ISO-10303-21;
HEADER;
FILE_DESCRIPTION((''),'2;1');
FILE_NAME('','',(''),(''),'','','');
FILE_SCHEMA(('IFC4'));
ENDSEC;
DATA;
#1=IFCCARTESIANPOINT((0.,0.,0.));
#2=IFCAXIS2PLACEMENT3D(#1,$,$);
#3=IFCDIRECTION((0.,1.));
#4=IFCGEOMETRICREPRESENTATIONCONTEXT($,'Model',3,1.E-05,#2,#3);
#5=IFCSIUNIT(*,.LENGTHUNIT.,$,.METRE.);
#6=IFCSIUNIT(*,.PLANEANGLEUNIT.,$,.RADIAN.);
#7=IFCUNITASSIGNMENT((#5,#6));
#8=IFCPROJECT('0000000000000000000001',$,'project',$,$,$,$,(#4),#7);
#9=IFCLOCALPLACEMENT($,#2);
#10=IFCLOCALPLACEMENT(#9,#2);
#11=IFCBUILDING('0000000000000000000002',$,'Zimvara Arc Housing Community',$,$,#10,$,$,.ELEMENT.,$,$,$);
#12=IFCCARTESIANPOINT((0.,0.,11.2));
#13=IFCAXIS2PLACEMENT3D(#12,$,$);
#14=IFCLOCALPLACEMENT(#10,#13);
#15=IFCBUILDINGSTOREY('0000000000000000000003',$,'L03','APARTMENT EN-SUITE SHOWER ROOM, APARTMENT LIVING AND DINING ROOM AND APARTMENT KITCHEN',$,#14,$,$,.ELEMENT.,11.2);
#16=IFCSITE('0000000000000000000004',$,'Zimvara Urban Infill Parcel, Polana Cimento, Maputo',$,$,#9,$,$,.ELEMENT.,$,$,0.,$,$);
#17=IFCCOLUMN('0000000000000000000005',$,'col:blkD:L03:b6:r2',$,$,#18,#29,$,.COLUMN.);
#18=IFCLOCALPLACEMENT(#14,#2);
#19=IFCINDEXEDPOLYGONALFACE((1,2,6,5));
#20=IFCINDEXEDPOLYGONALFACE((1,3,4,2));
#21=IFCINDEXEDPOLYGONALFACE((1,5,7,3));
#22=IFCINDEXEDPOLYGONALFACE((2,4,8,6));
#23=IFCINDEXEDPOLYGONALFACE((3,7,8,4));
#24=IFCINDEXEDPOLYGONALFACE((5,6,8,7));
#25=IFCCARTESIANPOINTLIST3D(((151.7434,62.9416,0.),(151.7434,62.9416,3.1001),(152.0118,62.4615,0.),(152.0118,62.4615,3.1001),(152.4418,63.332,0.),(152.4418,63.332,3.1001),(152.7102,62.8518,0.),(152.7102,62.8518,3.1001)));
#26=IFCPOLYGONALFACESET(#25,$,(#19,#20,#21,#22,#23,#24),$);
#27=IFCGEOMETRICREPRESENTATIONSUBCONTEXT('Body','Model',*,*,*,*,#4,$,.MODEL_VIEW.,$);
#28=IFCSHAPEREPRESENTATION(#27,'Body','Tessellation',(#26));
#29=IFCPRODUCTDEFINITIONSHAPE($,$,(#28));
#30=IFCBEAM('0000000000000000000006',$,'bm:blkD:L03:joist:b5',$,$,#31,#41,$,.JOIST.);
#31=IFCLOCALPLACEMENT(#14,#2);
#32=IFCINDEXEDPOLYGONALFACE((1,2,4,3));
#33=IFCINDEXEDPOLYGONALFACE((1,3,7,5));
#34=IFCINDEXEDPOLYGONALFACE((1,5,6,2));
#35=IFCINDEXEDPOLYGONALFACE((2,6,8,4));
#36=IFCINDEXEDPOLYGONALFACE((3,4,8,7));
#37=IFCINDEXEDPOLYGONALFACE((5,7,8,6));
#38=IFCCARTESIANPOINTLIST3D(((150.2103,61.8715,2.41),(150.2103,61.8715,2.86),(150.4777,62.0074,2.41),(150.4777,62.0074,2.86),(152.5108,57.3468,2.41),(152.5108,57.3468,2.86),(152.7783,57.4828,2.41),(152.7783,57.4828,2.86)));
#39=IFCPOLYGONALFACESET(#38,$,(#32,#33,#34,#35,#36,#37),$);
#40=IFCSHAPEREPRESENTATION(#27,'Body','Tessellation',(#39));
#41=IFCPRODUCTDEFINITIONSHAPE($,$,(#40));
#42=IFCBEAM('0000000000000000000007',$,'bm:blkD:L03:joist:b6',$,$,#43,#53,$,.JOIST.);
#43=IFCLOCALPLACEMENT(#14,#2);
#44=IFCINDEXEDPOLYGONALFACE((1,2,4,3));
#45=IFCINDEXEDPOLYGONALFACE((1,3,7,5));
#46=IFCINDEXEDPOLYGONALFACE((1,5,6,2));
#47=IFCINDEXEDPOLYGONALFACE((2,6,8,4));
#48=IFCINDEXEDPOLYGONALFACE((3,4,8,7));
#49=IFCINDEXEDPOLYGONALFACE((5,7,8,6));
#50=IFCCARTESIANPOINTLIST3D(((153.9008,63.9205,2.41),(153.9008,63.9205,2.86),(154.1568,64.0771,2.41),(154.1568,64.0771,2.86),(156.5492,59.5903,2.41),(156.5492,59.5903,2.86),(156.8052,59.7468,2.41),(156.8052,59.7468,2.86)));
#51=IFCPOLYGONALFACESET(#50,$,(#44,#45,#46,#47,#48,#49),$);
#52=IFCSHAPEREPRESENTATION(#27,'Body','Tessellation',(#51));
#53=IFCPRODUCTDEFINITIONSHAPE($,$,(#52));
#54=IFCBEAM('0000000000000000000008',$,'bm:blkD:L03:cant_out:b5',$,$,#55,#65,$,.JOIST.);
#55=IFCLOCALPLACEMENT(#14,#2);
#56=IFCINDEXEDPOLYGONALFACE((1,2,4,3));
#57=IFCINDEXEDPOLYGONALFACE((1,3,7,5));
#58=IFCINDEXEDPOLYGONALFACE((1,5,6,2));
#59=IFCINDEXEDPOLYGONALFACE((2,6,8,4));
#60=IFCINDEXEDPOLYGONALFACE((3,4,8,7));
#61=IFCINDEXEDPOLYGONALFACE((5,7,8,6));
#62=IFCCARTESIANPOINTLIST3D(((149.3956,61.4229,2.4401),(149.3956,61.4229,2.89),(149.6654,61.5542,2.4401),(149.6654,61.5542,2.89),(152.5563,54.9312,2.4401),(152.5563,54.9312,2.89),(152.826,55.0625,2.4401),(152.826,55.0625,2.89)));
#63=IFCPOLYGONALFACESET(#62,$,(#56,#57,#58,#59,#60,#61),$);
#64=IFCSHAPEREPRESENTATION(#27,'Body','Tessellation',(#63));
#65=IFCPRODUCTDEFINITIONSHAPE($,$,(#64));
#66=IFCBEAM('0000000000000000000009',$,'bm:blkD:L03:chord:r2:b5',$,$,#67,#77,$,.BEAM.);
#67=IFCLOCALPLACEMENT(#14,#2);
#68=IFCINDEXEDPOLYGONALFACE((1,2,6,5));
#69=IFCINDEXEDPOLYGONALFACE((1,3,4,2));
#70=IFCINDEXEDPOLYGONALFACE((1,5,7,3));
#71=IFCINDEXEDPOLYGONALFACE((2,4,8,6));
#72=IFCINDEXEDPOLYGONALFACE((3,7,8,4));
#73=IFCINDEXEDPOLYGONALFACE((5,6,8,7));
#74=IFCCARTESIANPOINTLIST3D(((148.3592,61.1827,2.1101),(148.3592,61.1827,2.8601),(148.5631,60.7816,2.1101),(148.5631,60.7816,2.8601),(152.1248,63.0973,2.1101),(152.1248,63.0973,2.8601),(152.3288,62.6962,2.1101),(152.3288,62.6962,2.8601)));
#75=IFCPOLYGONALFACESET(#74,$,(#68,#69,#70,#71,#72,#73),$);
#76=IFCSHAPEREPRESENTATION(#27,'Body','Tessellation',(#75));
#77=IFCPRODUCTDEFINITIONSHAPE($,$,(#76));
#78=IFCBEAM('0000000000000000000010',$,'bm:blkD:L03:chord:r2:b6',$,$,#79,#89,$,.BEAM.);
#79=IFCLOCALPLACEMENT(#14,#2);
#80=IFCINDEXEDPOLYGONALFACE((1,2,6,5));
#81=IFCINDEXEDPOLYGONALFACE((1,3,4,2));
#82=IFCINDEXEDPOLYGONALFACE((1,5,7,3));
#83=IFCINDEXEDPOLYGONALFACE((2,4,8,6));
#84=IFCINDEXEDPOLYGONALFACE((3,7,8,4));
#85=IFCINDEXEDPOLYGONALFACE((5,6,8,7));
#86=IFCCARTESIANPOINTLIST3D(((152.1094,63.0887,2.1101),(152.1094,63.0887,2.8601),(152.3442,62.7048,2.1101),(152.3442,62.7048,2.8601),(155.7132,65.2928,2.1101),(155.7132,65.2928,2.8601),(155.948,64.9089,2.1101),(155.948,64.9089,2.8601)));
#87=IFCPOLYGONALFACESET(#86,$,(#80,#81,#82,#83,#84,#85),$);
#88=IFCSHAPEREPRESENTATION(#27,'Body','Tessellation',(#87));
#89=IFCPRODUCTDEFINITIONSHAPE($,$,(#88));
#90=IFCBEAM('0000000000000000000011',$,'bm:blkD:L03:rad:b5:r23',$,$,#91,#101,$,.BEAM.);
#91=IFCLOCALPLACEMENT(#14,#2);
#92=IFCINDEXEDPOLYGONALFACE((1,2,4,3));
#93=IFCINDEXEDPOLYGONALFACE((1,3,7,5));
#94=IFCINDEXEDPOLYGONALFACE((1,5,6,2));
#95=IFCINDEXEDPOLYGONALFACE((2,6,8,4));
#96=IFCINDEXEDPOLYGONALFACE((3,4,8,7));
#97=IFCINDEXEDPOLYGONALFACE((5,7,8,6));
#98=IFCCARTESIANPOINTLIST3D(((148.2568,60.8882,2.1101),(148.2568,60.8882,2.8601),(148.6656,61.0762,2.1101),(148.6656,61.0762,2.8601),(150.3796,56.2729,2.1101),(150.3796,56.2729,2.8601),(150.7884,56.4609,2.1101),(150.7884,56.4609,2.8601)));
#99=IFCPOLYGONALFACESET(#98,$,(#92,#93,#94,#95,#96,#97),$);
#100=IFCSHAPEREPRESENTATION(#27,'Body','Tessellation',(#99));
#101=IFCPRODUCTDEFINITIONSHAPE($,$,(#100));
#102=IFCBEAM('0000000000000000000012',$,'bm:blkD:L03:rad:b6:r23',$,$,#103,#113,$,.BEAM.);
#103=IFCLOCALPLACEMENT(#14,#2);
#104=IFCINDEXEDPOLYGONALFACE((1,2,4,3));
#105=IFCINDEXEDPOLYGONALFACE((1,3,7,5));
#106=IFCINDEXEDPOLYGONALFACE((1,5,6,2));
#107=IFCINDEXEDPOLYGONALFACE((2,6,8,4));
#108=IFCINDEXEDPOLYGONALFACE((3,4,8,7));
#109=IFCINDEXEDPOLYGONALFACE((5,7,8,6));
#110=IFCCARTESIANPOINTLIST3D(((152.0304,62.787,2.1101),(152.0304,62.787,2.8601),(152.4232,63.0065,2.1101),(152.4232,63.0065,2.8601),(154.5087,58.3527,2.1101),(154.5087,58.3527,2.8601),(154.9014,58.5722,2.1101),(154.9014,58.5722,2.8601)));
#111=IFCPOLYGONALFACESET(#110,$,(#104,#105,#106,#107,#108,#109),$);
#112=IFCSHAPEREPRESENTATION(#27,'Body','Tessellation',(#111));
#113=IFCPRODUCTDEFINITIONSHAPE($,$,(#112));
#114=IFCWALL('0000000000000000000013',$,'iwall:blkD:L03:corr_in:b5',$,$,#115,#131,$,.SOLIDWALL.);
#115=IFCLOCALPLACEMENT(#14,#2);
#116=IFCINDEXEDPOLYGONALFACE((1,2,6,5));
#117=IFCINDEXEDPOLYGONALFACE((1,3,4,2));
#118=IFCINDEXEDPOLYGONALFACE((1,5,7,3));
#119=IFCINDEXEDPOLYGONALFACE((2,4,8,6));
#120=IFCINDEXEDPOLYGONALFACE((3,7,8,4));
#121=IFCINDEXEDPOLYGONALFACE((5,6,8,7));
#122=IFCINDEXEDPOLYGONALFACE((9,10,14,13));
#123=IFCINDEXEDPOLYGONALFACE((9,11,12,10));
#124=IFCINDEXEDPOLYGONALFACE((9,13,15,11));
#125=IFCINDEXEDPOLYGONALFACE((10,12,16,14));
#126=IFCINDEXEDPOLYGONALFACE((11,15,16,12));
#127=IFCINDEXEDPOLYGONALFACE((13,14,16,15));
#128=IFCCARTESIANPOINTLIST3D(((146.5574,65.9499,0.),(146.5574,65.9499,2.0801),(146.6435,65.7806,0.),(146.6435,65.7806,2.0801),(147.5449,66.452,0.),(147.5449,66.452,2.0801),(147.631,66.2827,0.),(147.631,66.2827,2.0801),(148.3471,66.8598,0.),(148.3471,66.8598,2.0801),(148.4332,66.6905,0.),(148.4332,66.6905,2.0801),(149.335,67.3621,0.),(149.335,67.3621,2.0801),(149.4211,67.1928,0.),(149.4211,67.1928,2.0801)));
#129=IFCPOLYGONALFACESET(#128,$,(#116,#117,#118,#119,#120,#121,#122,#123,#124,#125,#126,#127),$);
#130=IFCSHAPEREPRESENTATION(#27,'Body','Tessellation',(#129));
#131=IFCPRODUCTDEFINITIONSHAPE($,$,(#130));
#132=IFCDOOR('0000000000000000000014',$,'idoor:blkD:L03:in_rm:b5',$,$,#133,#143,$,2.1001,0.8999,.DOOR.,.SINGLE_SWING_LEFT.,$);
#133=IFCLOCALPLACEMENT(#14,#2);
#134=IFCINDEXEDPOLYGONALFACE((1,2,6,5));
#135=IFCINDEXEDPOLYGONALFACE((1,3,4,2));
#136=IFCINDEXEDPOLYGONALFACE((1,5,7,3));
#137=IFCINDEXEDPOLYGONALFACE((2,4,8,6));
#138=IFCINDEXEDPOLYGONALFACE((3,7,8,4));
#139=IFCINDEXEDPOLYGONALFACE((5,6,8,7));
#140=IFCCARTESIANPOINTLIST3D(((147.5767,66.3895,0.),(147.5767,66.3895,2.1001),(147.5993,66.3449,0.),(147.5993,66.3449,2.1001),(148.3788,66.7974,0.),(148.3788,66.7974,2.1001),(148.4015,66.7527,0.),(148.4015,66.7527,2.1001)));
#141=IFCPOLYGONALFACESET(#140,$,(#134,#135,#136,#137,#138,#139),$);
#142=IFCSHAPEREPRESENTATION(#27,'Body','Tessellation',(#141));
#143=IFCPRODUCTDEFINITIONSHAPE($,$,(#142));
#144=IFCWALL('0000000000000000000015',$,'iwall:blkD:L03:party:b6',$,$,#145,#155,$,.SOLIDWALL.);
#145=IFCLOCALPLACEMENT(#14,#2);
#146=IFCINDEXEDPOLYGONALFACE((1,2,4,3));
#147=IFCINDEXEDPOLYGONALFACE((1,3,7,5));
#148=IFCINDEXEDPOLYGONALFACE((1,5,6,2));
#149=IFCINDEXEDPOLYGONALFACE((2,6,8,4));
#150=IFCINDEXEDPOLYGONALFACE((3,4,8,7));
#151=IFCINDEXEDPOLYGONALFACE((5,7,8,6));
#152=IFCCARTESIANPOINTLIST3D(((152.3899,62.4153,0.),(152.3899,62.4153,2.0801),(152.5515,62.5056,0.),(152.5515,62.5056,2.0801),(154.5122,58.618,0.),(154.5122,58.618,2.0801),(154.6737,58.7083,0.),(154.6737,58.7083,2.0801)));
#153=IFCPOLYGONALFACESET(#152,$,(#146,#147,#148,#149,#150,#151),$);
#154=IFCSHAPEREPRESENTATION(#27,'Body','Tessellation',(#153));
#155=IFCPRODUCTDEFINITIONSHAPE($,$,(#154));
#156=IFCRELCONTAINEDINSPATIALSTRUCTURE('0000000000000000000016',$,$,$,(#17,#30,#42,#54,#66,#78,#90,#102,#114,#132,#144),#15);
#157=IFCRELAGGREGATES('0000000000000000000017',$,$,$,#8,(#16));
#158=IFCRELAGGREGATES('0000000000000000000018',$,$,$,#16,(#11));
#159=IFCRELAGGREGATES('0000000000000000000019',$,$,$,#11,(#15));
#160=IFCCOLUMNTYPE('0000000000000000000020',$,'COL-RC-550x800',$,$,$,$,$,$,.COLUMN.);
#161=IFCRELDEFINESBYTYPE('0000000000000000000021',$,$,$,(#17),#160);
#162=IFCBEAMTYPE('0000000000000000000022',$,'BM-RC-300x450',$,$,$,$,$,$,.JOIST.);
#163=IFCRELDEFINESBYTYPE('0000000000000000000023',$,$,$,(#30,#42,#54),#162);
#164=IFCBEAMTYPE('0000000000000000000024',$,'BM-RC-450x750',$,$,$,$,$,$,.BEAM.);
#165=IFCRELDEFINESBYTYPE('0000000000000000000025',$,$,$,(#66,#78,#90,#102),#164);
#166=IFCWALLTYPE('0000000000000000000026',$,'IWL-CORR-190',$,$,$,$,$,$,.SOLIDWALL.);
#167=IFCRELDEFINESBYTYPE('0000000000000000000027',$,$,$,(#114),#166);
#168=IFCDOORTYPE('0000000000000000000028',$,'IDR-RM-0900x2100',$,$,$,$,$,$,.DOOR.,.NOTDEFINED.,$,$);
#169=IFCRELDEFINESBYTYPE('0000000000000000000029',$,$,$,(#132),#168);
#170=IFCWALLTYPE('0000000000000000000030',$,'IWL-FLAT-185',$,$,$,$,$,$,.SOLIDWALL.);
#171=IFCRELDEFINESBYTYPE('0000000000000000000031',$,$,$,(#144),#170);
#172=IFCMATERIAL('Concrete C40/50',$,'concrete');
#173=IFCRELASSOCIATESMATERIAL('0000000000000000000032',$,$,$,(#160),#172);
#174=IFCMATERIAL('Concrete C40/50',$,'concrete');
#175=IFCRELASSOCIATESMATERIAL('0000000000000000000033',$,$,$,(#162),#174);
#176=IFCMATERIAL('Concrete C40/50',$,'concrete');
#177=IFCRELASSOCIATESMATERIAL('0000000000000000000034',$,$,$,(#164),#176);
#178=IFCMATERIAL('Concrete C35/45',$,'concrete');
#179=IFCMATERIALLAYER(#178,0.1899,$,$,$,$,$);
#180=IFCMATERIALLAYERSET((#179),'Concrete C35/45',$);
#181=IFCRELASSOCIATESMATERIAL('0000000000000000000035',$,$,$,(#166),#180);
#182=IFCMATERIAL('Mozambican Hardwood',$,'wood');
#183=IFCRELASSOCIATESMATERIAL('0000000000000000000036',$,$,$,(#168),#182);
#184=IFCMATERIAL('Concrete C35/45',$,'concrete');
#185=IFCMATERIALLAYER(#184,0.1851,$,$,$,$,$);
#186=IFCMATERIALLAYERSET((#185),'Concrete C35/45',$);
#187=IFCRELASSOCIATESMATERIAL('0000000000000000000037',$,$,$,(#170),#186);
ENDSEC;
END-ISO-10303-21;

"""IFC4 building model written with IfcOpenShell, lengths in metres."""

from ifc_helpers import new_model, si_unit, direction, frame, frame_2d, origin, origin_2d, place, context, subcontext, project, spatial, rectangle, extrude, material, layer, layer_set, material_profile, profile_set, type_object, element, fill, save


model = new_model("IFC4")

# Units and contexts
model_context = context("Model", 3, precision=1e-05, world=origin(), true_north=direction((0.0, 1.0)))
body_context = subcontext(model_context, "Body", "Model", "MODEL_VIEW")
ifc_project = project(units=[si_unit("LENGTHUNIT", "METRE"), si_unit("PLANEANGLEUNIT", "RADIAN")], contexts=[model_context])

# Site, building, storey
site_placement = place(None, origin())
site = spatial("IfcSite", under=ifc_project, at=site_placement, Name="Zimvara Urban Infill Parcel, Polana Cimento, Maputo", CompositionType="ELEMENT", RefElevation=0.0)
building_placement = place(site_placement, origin())
building = spatial("IfcBuilding", under=site, at=building_placement, Name="Zimvara Arc Housing Community", CompositionType="ELEMENT")
storey_placement = place(building_placement, frame((0.0, 0.0, 11.2)))
storey = spatial("IfcBuildingStorey", under=building, at=storey_placement, Name="L03", Description="APARTMENT EN-SUITE SHOWER ROOM, APARTMENT LIVING AND DINING ROOM AND APARTMENT KITCHEN", CompositionType="ELEMENT", Elevation=11.2)

# Column
ifc_material_1 = material(Name="Concrete C40/50", Category="concrete")
ifc_material_profile_1 = material_profile(ifc_material_1, rectangle(XDim=0.55, YDim=0.8, at=origin_2d()), Name="RC 550x800")
ifc_profile_set_1 = profile_set([ifc_material_profile_1], Name="Concrete C40/50")
column_type = type_object("IfcColumnType", Name="COL-RC-550x800", PredefinedType="COLUMN", material=ifc_profile_set_1)
column_placement = place(storey_placement, frame((152.2268, 62.8967, 0.0), z_axis=(0.0, 0.0, 1.0), x_axis=(0.48786, -0.872922, 0.0)))
element("IfcColumn", 1, at=column_placement, inside=storey, type_object=column_type, Name="col:blkD:L03:b6:r2", PredefinedType="COLUMN", context=body_context, shape_type="SweptSolid", body=[
    extrude(rectangle(XDim=0.55, YDim=0.8, at=origin_2d()), origin(), (0.0, 0.0, 1.0), 3.1001),
])

# Beams
ifc_material_2 = material(Name="Concrete C40/50", Category="concrete")
ifc_material_profile_2 = material_profile(ifc_material_2, rectangle(XDim=0.3, YDim=0.45, at=origin_2d()), Name="RC 300x450")
ifc_profile_set_2 = profile_set([ifc_material_profile_2], Name="Concrete C40/50")
beam_type_1 = type_object("IfcBeamType", Name="BM-RC-300x450", PredefinedType="JOIST", material=ifc_profile_set_2)
for number, where, z_axis, x_axis, name in (
    (2, (150.344, 61.9395, 2.635), (0.453225, -0.891396, 0.0), (0.891396, 0.453225, 0.0), "bm:blkD:L03:joist:b5"),
    (3, (154.0288, 63.9988, 2.635), (0.521755, -0.853095, 0.0), (0.853095, 0.521755, 0.0), "bm:blkD:L03:joist:b6"),
):
    element("IfcBeam", number, at=place(storey_placement, frame(where, z_axis=z_axis, x_axis=x_axis)), inside=storey, type_object=beam_type_1, Name=name, PredefinedType="JOIST", context=body_context, shape_type="SweptSolid", body=[
        extrude(rectangle(XDim=0.3, YDim=0.45, at=origin_2d()), origin(), (0.0, 0.0, 1.0), 5.0759),
    ])
beam_1_placement = place(storey_placement, frame((149.5305, 61.4885, 2.665), z_axis=(0.437748, -0.899098, 0.0), x_axis=(0.899098, 0.437748, 0.0)))
element("IfcBeam", 4, at=beam_1_placement, inside=storey, type_object=beam_type_1, Name="bm:blkD:L03:cant_out:b5", PredefinedType="JOIST", context=body_context, shape_type="SweptSolid", body=[
    extrude(rectangle(XDim=0.3, YDim=0.45, at=origin_2d()), origin(), (0.0, 0.0, 1.0), 7.2202),
])
ifc_material_3 = material(Name="Concrete C40/50", Category="concrete")
ifc_material_profile_3 = material_profile(ifc_material_3, rectangle(XDim=0.45, YDim=0.75, at=origin_2d()), Name="RC 450x750")
ifc_profile_set_3 = profile_set([ifc_material_profile_3], Name="Concrete C40/50")
beam_type_2 = type_object("IfcBeamType", Name="BM-RC-450x750", PredefinedType="BEAM", material=ifc_profile_set_3)
for number, where, z_axis, x_axis, name in (
    (5, (148.4612, 60.9822, 2.4851), (0.891402, 0.453214, 0.0), (-0.453214, 0.891402, 0.0), "bm:blkD:L03:chord:r2:b5"),
    (6, (152.2268, 62.8967, 2.4851), (0.853092, 0.521761, 0.0), (-0.521761, 0.853092, 0.0), "bm:blkD:L03:chord:r2:b6"),
):
    element("IfcBeam", number, at=place(storey_placement, frame(where, z_axis=z_axis, x_axis=x_axis)), inside=storey, type_object=beam_type_2, Name=name, PredefinedType="BEAM", context=body_context, shape_type="SweptSolid", body=[
        extrude(rectangle(XDim=0.45, YDim=0.75, at=origin_2d()), origin(), (0.0, 0.0, 1.0), 4.2244),
    ])
beam_2_placement = place(storey_placement, frame((148.4612, 60.9822, 2.4851), z_axis=(0.417872, -0.908506, 0.0), x_axis=(0.908506, 0.417872, 0.0)))
element("IfcBeam", 7, at=beam_2_placement, inside=storey, type_object=beam_type_2, Name="bm:blkD:L03:rad:b5:r23", PredefinedType="BEAM", context=body_context, shape_type="SweptSolid", body=[
    extrude(rectangle(XDim=0.45, YDim=0.75, at=origin_2d()), origin(), (0.0, 0.0, 1.0), 5.0801),
])
beam_3_placement = place(storey_placement, frame((152.2268, 62.8967, 2.4851), z_axis=(0.487861, -0.872921, 0.0), x_axis=(0.872921, 0.487861, 0.0)))
element("IfcBeam", 8, at=beam_3_placement, inside=storey, type_object=beam_type_2, Name="bm:blkD:L03:rad:b6:r23", PredefinedType="BEAM", context=body_context, shape_type="SweptSolid", body=[
    extrude(rectangle(XDim=0.45, YDim=0.75, at=origin_2d()), origin(), (0.0, 0.0, 1.0), 5.0798),
])

# Wall, opening, door
ifc_material_4 = material(Name="Concrete C35/45", Category="concrete")
ifc_layer_1 = layer(ifc_material_4, 0.1899)
ifc_layer_set_1 = layer_set([ifc_layer_1], Name="Concrete C35/45")
wall_type_1 = type_object("IfcWallType", Name="IWL-CORR-190", PredefinedType="SOLIDWALL", material=ifc_layer_set_1)
wall_1_placement = place(storey_placement, frame((146.6003, 65.8652, 0.0), z_axis=(0.0, 0.0, 1.0), x_axis=(0.891414, 0.45319, 0.0)))
wall_1 = element("IfcWall", 9, at=wall_1_placement, inside=storey, type_object=wall_type_1, Name="iwall:blkD:L03:corr_in:b5", PredefinedType="SOLIDWALL", context=body_context, shape_type="SweptSolid", body=[
    extrude(rectangle(XDim=3.116, YDim=0.1899, at=frame_2d((1.5581, 0.0))), origin(), (0.0, 0.0, 1.0), 2.0801),
])
opening_1_placement = place(wall_1_placement, frame((1.1079, 0.0, 0.0)))
opening_1 = element("IfcOpeningElement", 10, at=opening_1_placement, cuts=wall_1, PredefinedType="OPENING", context=body_context, shape_type="SweptSolid", body=[
    extrude(rectangle(XDim=0.8999, YDim=2.1001, at=frame_2d((0.45, 1.05))), frame((0.0, 0.105, 0.0), z_axis=(0.0, -1.0, 0.0), x_axis=(1.0, 0.0, 0.0)), (0.0, 0.0, 1.0), 0.21),
])
ifc_material_5 = material(Name="Mozambican Hardwood", Category="wood")
door_type_1 = type_object("IfcDoorType", Name="IDR-RM-0900x2100", OperationType="NOTDEFINED", PredefinedType="DOOR", material=ifc_material_5)
door_1_placement = place(opening_1_placement, origin())
door_1 = element("IfcDoor", 11, at=door_1_placement, inside=storey, type_object=door_type_1, Name="idoor:blkD:L03:in_rm:b5", OperationType="SINGLE_SWING_LEFT", OverallHeight=2.1001, OverallWidth=0.8999, PredefinedType="DOOR", context=body_context, shape_type="SweptSolid", body=[
    extrude(rectangle(XDim=0.8999, YDim=2.1001, at=frame_2d((0.45, 1.05))), frame((0.0, 0.0249, 0.0), z_axis=(0.0, -1.0, 0.0), x_axis=(1.0, 0.0, 0.0)), (0.0, 0.0, 1.0), 0.05),
])
fill(opening_1, door_1)

# Wall
ifc_material_6 = material(Name="Concrete C35/45", Category="concrete")
ifc_layer_2 = layer(ifc_material_6, 0.1851)
ifc_layer_set_2 = layer_set([ifc_layer_2], Name="Concrete C35/45")
wall_type_2 = type_object("IfcWallType", Name="IWL-FLAT-185", PredefinedType="SOLIDWALL", material=ifc_layer_set_2)
wall_2_placement = place(storey_placement, frame((152.4707, 62.4604, 0.0), z_axis=(0.0, 0.0, 1.0), x_axis=(0.487867, -0.872918, 0.0)))
element("IfcWall", 12, at=wall_2_placement, inside=storey, type_object=wall_type_2, Name="iwall:blkD:L03:party:b6", PredefinedType="SOLIDWALL", context=body_context, shape_type="SweptSolid", body=[
    extrude(rectangle(XDim=4.3501, YDim=0.1851, at=frame_2d((2.175, 0.0))), origin(), (0.0, 0.0, 1.0), 2.0801),
])

save(model, "model.ifc")
